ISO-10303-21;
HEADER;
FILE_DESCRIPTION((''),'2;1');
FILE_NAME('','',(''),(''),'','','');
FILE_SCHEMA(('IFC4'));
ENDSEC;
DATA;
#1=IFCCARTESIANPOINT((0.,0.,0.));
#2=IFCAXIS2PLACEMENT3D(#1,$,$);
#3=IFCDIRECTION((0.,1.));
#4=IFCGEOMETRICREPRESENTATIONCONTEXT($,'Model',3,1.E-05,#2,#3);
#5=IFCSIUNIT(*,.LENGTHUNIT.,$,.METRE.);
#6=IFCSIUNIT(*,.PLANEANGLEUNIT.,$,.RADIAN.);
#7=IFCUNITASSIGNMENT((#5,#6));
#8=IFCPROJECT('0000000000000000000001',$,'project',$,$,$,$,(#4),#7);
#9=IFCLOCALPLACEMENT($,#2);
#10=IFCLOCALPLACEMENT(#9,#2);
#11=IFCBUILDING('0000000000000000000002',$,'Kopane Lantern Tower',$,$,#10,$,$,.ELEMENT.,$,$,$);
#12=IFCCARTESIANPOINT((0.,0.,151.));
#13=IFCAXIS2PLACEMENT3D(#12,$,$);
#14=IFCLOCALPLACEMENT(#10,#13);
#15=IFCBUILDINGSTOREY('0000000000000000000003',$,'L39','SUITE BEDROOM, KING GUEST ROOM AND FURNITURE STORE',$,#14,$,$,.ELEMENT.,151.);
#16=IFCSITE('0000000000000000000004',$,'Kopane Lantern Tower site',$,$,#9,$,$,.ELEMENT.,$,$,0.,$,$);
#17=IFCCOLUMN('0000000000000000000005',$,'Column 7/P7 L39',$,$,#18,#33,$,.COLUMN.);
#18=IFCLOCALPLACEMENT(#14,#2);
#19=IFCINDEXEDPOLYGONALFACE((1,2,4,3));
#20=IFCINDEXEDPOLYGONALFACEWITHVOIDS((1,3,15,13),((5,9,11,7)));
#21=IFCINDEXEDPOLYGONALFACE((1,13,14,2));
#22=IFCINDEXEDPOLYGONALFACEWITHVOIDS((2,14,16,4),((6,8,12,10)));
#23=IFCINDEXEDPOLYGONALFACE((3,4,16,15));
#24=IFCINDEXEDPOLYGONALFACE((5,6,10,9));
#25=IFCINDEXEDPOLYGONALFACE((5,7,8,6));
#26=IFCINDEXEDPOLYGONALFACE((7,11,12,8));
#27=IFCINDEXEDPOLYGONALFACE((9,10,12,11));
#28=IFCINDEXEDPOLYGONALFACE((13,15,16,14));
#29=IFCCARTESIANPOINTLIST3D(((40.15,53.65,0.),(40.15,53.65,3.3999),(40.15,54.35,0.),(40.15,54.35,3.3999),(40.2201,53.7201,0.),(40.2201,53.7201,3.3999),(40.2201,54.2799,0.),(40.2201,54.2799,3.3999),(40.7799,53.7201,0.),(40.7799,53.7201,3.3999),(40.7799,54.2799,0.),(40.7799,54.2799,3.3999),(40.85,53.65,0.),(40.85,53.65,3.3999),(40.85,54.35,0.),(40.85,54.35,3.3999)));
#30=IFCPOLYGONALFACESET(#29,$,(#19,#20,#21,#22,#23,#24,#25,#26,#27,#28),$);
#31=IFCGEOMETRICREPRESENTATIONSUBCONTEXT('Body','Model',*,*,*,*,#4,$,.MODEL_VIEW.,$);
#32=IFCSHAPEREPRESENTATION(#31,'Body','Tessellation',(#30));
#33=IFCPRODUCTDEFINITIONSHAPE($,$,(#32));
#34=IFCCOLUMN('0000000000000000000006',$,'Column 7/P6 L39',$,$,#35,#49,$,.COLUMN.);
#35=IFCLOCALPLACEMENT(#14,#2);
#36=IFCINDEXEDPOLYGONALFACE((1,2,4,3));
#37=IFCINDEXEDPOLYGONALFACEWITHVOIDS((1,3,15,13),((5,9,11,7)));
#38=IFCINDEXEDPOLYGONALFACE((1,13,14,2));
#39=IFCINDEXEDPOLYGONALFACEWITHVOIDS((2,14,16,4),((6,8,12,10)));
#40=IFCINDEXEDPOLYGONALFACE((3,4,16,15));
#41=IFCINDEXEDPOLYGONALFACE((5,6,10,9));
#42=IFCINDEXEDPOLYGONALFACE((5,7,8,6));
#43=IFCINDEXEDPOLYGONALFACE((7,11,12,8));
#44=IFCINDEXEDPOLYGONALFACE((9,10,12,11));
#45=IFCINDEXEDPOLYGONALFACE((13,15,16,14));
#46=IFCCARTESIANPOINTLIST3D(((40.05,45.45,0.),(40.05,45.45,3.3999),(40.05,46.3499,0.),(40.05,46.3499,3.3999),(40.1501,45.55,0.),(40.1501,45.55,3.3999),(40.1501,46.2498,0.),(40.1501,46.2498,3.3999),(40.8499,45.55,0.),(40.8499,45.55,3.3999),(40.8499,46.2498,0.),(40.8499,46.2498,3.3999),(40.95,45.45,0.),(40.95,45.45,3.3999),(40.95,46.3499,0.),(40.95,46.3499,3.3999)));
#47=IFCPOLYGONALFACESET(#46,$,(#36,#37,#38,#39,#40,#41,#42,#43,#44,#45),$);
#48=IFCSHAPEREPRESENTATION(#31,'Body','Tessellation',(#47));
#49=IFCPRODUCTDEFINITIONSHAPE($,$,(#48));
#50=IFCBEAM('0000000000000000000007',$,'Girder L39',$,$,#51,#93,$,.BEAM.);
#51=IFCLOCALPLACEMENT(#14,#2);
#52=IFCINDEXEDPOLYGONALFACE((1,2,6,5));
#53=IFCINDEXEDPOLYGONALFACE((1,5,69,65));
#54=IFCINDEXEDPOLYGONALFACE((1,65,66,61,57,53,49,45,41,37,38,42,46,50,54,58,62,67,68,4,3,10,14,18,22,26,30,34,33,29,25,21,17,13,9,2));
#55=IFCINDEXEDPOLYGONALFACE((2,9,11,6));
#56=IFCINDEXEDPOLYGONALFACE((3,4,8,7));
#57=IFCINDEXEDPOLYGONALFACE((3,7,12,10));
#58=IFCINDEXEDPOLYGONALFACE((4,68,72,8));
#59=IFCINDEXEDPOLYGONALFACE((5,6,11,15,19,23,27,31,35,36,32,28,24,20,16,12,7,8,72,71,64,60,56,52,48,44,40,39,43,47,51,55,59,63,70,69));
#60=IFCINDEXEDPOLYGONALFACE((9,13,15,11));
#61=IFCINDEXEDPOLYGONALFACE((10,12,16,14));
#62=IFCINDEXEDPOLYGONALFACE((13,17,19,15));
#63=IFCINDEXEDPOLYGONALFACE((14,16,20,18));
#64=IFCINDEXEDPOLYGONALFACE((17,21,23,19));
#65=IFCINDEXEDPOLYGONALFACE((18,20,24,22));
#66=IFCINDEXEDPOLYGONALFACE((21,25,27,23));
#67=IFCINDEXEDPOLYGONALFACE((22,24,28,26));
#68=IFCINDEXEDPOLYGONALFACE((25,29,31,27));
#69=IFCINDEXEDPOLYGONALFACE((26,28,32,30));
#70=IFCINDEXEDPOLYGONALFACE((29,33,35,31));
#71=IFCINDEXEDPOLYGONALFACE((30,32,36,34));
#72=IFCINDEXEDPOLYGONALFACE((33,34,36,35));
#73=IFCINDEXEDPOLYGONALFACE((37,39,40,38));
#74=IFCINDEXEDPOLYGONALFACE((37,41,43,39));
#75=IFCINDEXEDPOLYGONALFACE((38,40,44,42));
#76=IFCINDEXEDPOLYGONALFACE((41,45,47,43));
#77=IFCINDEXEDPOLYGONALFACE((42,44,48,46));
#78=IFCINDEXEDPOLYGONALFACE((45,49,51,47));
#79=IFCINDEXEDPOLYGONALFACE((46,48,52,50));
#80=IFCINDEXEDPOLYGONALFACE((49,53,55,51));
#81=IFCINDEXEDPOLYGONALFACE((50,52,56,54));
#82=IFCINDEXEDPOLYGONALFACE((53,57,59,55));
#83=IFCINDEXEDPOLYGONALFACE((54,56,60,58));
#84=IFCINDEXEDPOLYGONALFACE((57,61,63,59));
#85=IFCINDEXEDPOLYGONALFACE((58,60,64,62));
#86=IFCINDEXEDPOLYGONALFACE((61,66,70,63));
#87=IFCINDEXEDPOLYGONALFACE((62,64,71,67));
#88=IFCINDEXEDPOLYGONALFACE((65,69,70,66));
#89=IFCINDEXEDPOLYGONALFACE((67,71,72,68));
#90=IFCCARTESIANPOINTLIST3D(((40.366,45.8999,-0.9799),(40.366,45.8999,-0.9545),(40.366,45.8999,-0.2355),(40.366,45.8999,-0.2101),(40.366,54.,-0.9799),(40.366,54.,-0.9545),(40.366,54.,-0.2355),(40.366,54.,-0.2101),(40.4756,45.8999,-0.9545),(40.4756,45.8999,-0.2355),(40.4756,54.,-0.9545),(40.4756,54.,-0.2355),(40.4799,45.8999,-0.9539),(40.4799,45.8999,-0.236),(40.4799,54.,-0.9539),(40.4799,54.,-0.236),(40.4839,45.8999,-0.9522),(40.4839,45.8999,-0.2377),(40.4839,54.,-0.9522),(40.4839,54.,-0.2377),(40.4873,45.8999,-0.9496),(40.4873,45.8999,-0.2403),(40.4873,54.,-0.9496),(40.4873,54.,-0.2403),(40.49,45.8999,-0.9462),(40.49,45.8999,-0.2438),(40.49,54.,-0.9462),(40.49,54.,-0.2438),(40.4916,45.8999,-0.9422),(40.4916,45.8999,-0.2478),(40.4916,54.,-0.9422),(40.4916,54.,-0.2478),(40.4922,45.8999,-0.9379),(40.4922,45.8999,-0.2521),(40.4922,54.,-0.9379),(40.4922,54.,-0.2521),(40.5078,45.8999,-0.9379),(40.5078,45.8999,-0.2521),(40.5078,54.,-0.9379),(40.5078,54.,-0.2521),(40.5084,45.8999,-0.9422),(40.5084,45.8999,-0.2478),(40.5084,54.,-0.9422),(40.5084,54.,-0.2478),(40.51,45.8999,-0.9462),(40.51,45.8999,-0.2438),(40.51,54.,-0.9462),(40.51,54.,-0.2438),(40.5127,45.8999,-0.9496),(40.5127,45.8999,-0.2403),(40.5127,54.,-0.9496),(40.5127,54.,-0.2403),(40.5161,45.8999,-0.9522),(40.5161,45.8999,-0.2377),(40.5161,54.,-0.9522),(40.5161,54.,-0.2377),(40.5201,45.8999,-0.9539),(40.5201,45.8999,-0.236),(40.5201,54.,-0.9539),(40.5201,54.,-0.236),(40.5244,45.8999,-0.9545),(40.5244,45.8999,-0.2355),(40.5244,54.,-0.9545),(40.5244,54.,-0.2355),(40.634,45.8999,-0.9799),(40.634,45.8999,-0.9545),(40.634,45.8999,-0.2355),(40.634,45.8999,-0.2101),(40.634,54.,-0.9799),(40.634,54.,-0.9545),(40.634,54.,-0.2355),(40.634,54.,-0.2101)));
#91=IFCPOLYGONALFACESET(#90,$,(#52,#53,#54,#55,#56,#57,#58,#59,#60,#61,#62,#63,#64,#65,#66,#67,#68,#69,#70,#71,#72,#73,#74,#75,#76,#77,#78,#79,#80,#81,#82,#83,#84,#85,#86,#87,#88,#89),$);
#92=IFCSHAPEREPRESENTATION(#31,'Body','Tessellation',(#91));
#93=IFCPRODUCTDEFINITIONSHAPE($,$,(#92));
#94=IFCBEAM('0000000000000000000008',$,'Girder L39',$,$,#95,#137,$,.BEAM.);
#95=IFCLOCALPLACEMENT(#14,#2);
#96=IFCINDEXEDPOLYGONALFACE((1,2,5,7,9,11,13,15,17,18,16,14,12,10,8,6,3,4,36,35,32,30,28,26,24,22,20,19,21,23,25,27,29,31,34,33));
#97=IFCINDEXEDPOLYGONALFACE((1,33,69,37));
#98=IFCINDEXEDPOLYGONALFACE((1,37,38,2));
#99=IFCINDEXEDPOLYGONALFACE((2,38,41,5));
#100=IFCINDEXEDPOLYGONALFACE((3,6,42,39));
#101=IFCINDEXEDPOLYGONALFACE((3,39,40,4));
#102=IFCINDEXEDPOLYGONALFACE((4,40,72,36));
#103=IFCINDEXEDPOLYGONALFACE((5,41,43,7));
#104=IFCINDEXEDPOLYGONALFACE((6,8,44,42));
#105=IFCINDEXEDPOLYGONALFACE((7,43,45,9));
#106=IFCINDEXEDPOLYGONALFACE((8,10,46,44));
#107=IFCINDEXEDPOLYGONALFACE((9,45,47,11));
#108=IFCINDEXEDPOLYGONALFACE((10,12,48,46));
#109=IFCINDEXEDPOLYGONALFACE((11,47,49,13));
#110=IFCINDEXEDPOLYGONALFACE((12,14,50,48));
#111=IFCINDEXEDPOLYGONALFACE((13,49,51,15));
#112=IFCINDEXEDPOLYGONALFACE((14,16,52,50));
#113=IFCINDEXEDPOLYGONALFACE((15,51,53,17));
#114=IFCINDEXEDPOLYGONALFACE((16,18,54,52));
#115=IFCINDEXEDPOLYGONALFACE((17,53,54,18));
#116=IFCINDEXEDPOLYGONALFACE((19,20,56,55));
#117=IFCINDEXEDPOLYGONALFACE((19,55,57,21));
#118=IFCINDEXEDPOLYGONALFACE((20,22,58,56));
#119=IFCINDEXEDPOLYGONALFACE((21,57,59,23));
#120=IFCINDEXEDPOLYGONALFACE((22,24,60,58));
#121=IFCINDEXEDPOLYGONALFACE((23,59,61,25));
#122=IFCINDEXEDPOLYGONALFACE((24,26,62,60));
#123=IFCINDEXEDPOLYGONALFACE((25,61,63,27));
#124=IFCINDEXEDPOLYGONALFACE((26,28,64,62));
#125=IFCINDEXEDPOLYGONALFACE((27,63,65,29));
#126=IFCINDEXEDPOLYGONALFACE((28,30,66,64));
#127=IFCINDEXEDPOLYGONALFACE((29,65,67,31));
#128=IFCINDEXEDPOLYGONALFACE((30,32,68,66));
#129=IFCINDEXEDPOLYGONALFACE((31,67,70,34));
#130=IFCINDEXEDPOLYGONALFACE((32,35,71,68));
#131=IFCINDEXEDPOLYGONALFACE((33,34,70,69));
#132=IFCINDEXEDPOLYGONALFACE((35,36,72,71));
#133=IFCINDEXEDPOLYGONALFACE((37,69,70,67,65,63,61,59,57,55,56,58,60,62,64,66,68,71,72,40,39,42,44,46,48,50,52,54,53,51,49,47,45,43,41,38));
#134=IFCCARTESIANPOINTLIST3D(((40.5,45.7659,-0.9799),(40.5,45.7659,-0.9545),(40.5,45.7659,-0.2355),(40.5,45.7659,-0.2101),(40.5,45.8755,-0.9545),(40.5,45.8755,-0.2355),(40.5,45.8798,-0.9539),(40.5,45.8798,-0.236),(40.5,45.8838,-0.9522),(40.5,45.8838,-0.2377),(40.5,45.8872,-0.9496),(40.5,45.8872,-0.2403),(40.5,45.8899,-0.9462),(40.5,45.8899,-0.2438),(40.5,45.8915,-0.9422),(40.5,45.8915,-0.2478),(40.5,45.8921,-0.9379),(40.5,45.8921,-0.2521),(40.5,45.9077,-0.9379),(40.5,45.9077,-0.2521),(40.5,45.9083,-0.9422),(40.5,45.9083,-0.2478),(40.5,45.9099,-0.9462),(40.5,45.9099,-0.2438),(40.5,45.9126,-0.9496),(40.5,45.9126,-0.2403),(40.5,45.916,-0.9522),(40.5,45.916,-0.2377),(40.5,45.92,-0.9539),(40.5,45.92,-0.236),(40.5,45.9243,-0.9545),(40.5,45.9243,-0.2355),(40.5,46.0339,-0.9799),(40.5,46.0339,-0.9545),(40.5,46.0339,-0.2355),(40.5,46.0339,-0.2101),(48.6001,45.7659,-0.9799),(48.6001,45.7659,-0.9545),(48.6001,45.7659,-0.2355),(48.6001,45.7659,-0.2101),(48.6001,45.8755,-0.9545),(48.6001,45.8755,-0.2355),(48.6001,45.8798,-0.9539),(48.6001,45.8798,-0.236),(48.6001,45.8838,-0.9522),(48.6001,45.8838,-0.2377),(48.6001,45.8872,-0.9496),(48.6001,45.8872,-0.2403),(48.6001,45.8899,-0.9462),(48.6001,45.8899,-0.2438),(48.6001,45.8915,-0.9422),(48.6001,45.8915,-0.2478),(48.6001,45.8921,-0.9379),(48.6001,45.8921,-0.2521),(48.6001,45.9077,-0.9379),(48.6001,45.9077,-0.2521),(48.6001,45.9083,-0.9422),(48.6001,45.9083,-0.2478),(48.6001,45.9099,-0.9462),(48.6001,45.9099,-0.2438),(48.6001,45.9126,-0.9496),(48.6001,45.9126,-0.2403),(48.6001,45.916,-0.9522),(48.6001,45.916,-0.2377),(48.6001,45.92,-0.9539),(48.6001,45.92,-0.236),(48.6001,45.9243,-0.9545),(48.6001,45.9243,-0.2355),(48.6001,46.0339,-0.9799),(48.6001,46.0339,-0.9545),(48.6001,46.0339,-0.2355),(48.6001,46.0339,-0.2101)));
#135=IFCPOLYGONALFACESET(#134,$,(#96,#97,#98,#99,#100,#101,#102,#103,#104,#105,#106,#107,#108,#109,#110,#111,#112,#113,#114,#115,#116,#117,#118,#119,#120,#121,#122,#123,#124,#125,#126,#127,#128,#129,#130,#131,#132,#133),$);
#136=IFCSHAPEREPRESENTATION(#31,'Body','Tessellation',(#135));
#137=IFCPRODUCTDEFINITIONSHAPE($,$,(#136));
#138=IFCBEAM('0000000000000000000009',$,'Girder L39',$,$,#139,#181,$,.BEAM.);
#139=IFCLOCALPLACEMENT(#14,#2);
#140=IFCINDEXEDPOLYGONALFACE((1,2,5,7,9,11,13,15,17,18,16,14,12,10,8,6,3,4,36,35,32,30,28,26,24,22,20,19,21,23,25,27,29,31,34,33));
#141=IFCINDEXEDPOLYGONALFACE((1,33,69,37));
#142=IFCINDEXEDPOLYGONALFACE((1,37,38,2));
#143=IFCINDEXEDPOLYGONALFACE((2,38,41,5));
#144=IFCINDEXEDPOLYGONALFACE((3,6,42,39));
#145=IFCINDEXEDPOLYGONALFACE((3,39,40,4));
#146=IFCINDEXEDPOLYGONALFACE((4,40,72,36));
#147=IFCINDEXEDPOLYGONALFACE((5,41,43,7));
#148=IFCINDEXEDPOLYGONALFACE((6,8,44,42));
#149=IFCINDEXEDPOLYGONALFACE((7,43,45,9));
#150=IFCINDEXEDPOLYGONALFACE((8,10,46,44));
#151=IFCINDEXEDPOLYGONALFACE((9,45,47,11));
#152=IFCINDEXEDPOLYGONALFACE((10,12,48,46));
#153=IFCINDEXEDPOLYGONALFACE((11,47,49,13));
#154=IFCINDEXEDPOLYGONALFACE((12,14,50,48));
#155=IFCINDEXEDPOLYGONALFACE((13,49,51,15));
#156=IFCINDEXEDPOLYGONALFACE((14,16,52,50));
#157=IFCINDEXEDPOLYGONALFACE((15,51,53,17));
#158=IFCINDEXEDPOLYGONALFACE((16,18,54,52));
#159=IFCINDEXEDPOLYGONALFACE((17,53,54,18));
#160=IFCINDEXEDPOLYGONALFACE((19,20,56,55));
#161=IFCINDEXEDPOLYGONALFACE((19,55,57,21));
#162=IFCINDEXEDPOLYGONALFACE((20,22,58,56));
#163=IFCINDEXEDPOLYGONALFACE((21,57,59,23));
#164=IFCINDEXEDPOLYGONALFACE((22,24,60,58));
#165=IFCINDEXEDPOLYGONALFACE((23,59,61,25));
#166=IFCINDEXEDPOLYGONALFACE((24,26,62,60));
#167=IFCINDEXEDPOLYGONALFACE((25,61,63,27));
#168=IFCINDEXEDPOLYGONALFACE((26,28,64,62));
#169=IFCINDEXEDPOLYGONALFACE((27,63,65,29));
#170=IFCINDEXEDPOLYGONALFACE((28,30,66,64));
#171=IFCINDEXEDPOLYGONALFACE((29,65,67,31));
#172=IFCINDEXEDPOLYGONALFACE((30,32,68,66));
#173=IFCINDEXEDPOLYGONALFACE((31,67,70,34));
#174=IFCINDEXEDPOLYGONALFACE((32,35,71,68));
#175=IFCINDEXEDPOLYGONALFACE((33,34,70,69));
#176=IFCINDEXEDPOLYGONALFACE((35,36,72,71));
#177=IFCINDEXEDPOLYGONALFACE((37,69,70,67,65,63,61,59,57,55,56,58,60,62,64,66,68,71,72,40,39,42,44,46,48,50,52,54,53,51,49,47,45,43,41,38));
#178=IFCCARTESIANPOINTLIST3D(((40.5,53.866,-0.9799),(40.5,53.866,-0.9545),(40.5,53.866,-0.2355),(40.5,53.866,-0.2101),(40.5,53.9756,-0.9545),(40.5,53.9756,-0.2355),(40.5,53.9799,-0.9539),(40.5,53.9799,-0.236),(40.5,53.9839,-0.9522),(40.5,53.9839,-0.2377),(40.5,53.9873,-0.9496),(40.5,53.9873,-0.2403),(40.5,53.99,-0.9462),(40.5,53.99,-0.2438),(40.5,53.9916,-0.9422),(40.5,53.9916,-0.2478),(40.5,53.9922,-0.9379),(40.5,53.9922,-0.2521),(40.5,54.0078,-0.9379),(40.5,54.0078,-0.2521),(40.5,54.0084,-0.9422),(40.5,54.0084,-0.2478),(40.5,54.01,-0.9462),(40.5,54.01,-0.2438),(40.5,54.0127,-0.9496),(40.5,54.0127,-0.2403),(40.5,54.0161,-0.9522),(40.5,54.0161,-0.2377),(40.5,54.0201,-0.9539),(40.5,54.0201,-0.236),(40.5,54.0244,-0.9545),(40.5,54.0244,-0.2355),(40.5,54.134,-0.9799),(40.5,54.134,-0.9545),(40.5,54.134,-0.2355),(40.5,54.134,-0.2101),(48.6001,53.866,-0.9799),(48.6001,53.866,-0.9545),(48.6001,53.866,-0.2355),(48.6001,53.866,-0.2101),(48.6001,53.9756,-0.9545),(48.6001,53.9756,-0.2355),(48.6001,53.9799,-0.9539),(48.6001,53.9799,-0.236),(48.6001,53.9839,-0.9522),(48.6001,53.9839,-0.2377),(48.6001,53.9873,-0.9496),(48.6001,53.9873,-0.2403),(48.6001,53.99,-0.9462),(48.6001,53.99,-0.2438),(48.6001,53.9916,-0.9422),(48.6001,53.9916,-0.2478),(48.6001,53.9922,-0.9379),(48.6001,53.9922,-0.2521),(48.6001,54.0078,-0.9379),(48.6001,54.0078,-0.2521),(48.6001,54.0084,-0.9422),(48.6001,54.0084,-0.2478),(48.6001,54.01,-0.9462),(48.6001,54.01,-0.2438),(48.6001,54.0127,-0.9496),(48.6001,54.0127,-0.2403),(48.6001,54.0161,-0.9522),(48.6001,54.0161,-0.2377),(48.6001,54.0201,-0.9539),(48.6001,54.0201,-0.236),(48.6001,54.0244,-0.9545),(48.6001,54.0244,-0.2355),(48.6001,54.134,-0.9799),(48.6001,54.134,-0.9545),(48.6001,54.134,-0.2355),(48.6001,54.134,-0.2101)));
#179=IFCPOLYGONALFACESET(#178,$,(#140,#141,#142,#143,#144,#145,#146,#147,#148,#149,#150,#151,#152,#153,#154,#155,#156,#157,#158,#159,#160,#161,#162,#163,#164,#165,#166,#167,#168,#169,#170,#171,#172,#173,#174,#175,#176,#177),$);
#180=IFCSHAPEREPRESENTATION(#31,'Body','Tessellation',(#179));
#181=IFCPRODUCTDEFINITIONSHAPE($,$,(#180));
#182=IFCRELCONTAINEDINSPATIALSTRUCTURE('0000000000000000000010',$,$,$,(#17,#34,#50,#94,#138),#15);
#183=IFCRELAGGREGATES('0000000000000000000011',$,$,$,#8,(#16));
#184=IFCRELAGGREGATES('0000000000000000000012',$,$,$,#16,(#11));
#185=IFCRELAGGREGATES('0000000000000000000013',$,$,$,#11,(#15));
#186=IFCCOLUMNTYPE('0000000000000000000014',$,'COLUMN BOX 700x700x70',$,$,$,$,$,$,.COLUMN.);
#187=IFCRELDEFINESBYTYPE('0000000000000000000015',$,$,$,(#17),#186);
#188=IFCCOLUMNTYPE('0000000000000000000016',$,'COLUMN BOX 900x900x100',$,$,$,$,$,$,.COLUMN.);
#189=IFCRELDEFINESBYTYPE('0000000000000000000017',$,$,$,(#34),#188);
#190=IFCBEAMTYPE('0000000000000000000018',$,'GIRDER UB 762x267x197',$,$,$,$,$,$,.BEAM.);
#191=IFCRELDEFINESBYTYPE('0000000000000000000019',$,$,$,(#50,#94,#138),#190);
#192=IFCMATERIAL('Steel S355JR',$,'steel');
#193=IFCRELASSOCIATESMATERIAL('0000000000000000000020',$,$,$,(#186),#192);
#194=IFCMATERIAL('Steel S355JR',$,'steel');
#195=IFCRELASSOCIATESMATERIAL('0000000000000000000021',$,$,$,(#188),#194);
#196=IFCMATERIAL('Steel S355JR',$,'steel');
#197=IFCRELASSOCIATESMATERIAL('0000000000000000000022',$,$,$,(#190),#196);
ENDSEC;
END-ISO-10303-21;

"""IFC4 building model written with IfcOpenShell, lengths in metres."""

from ifc_helpers import new_model, si_unit, direction, frame, origin, origin_2d, place, context, subcontext, project, spatial, hollow_rectangle, i_section, extrude, material, material_profile, profile_set, type_object, element, save


model = new_model("IFC4")

# Units and contexts
model_context = context("Model", 3, precision=1e-05, world=origin(), true_north=direction((0.0, 1.0)))
body_context = subcontext(model_context, "Body", "Model", "MODEL_VIEW")
ifc_project = project(units=[si_unit("LENGTHUNIT", "METRE"), si_unit("PLANEANGLEUNIT", "RADIAN")], contexts=[model_context])

# Site, building, storey
site_placement = place(None, origin())
site = spatial("IfcSite", under=ifc_project, at=site_placement, Name="Kopane Lantern Tower site", CompositionType="ELEMENT", RefElevation=0.0)
building_placement = place(site_placement, origin())
building = spatial("IfcBuilding", under=site, at=building_placement, Name="Kopane Lantern Tower", CompositionType="ELEMENT")
storey_placement = place(building_placement, frame((0.0, 0.0, 151.0)))
storey = spatial("IfcBuildingStorey", under=building, at=storey_placement, Name="L39", Description="SUITE BEDROOM, KING GUEST ROOM AND FURNITURE STORE", CompositionType="ELEMENT", Elevation=151.0)

# Columns
ifc_material_1 = material(Name="Steel S355JR", Category="steel")
ifc_material_profile_1 = material_profile(ifc_material_1, hollow_rectangle(XDim=0.7, YDim=0.7, WallThickness=0.0701, at=origin_2d()), Name="BOX 700x700x70")
ifc_profile_set_1 = profile_set([ifc_material_profile_1], Name="Steel S355JR")
column_type_1 = type_object("IfcColumnType", Name="COLUMN BOX 700x700x70", PredefinedType="COLUMN", material=ifc_profile_set_1)
column_1_placement = place(storey_placement, frame((40.5, 54.0, 0.0), z_axis=(0.0, 0.0, 1.0), x_axis=(1.0, 0.0, 0.0)))
element("IfcColumn", 1, at=column_1_placement, inside=storey, type_object=column_type_1, Name="Column 7/P7 L39", PredefinedType="COLUMN", context=body_context, shape_type="SweptSolid", body=[
    extrude(hollow_rectangle(XDim=0.7, YDim=0.7, WallThickness=0.0701, at=origin_2d()), origin(), (0.0, 0.0, 1.0), 3.3999),
])
ifc_material_2 = material(Name="Steel S355JR", Category="steel")
ifc_material_profile_2 = material_profile(ifc_material_2, hollow_rectangle(XDim=0.8999, YDim=0.8999, WallThickness=0.1001, at=origin_2d()), Name="BOX 900x900x100")
ifc_profile_set_2 = profile_set([ifc_material_profile_2], Name="Steel S355JR")
column_type_2 = type_object("IfcColumnType", Name="COLUMN BOX 900x900x100", PredefinedType="COLUMN", material=ifc_profile_set_2)
column_2_placement = place(storey_placement, frame((40.5, 45.8999, 0.0), z_axis=(0.0, 0.0, 1.0), x_axis=(1.0, 0.0, 0.0)))
element("IfcColumn", 2, at=column_2_placement, inside=storey, type_object=column_type_2, Name="Column 7/P6 L39", PredefinedType="COLUMN", context=body_context, shape_type="SweptSolid", body=[
    extrude(hollow_rectangle(XDim=0.8999, YDim=0.8999, WallThickness=0.1001, at=origin_2d()), origin(), (0.0, 0.0, 1.0), 3.3999),
])

# Beams
ifc_material_3 = material(Name="Steel S355JR", Category="steel")
ifc_material_profile_3 = material_profile(ifc_material_3, i_section(OverallWidth=0.2681, OverallDepth=0.7698, WebThickness=0.0156, FlangeThickness=0.0254, FilletRadius=0.0166, at=origin_2d()), Name="UB 762x267x197")
ifc_profile_set_3 = profile_set([ifc_material_profile_3], Name="Steel S355JR")
beam_type = type_object("IfcBeamType", Name="GIRDER UB 762x267x197", PredefinedType="BEAM", material=ifc_profile_set_3)
for number, where, z_axis, x_axis, name in (
    (3, (40.5, 45.8999, -0.595), (0.0, 1.0, 0.0), (-1.0, 0.0, 0.0), "Girder L39"),
    (4, (40.5, 45.8999, -0.595), (1.0, 0.0, 0.0), (0.0, 1.0, 0.0), "Girder L39"),
    (5, (40.5, 54.0, -0.595), (1.0, 0.0, 0.0), (0.0, 1.0, 0.0), "Girder L39"),
):
    element("IfcBeam", number, at=place(storey_placement, frame(where, z_axis=z_axis, x_axis=x_axis)), inside=storey, type_object=beam_type, Name=name, PredefinedType="BEAM", context=body_context, shape_type="SweptSolid", body=[
        extrude(i_section(OverallWidth=0.2681, OverallDepth=0.7698, WebThickness=0.0156, FlangeThickness=0.0254, FilletRadius=0.0166, at=origin_2d()), origin(), (0.0, 0.0, 1.0), 8.1001),
    ])

save(model, "model.ifc")
